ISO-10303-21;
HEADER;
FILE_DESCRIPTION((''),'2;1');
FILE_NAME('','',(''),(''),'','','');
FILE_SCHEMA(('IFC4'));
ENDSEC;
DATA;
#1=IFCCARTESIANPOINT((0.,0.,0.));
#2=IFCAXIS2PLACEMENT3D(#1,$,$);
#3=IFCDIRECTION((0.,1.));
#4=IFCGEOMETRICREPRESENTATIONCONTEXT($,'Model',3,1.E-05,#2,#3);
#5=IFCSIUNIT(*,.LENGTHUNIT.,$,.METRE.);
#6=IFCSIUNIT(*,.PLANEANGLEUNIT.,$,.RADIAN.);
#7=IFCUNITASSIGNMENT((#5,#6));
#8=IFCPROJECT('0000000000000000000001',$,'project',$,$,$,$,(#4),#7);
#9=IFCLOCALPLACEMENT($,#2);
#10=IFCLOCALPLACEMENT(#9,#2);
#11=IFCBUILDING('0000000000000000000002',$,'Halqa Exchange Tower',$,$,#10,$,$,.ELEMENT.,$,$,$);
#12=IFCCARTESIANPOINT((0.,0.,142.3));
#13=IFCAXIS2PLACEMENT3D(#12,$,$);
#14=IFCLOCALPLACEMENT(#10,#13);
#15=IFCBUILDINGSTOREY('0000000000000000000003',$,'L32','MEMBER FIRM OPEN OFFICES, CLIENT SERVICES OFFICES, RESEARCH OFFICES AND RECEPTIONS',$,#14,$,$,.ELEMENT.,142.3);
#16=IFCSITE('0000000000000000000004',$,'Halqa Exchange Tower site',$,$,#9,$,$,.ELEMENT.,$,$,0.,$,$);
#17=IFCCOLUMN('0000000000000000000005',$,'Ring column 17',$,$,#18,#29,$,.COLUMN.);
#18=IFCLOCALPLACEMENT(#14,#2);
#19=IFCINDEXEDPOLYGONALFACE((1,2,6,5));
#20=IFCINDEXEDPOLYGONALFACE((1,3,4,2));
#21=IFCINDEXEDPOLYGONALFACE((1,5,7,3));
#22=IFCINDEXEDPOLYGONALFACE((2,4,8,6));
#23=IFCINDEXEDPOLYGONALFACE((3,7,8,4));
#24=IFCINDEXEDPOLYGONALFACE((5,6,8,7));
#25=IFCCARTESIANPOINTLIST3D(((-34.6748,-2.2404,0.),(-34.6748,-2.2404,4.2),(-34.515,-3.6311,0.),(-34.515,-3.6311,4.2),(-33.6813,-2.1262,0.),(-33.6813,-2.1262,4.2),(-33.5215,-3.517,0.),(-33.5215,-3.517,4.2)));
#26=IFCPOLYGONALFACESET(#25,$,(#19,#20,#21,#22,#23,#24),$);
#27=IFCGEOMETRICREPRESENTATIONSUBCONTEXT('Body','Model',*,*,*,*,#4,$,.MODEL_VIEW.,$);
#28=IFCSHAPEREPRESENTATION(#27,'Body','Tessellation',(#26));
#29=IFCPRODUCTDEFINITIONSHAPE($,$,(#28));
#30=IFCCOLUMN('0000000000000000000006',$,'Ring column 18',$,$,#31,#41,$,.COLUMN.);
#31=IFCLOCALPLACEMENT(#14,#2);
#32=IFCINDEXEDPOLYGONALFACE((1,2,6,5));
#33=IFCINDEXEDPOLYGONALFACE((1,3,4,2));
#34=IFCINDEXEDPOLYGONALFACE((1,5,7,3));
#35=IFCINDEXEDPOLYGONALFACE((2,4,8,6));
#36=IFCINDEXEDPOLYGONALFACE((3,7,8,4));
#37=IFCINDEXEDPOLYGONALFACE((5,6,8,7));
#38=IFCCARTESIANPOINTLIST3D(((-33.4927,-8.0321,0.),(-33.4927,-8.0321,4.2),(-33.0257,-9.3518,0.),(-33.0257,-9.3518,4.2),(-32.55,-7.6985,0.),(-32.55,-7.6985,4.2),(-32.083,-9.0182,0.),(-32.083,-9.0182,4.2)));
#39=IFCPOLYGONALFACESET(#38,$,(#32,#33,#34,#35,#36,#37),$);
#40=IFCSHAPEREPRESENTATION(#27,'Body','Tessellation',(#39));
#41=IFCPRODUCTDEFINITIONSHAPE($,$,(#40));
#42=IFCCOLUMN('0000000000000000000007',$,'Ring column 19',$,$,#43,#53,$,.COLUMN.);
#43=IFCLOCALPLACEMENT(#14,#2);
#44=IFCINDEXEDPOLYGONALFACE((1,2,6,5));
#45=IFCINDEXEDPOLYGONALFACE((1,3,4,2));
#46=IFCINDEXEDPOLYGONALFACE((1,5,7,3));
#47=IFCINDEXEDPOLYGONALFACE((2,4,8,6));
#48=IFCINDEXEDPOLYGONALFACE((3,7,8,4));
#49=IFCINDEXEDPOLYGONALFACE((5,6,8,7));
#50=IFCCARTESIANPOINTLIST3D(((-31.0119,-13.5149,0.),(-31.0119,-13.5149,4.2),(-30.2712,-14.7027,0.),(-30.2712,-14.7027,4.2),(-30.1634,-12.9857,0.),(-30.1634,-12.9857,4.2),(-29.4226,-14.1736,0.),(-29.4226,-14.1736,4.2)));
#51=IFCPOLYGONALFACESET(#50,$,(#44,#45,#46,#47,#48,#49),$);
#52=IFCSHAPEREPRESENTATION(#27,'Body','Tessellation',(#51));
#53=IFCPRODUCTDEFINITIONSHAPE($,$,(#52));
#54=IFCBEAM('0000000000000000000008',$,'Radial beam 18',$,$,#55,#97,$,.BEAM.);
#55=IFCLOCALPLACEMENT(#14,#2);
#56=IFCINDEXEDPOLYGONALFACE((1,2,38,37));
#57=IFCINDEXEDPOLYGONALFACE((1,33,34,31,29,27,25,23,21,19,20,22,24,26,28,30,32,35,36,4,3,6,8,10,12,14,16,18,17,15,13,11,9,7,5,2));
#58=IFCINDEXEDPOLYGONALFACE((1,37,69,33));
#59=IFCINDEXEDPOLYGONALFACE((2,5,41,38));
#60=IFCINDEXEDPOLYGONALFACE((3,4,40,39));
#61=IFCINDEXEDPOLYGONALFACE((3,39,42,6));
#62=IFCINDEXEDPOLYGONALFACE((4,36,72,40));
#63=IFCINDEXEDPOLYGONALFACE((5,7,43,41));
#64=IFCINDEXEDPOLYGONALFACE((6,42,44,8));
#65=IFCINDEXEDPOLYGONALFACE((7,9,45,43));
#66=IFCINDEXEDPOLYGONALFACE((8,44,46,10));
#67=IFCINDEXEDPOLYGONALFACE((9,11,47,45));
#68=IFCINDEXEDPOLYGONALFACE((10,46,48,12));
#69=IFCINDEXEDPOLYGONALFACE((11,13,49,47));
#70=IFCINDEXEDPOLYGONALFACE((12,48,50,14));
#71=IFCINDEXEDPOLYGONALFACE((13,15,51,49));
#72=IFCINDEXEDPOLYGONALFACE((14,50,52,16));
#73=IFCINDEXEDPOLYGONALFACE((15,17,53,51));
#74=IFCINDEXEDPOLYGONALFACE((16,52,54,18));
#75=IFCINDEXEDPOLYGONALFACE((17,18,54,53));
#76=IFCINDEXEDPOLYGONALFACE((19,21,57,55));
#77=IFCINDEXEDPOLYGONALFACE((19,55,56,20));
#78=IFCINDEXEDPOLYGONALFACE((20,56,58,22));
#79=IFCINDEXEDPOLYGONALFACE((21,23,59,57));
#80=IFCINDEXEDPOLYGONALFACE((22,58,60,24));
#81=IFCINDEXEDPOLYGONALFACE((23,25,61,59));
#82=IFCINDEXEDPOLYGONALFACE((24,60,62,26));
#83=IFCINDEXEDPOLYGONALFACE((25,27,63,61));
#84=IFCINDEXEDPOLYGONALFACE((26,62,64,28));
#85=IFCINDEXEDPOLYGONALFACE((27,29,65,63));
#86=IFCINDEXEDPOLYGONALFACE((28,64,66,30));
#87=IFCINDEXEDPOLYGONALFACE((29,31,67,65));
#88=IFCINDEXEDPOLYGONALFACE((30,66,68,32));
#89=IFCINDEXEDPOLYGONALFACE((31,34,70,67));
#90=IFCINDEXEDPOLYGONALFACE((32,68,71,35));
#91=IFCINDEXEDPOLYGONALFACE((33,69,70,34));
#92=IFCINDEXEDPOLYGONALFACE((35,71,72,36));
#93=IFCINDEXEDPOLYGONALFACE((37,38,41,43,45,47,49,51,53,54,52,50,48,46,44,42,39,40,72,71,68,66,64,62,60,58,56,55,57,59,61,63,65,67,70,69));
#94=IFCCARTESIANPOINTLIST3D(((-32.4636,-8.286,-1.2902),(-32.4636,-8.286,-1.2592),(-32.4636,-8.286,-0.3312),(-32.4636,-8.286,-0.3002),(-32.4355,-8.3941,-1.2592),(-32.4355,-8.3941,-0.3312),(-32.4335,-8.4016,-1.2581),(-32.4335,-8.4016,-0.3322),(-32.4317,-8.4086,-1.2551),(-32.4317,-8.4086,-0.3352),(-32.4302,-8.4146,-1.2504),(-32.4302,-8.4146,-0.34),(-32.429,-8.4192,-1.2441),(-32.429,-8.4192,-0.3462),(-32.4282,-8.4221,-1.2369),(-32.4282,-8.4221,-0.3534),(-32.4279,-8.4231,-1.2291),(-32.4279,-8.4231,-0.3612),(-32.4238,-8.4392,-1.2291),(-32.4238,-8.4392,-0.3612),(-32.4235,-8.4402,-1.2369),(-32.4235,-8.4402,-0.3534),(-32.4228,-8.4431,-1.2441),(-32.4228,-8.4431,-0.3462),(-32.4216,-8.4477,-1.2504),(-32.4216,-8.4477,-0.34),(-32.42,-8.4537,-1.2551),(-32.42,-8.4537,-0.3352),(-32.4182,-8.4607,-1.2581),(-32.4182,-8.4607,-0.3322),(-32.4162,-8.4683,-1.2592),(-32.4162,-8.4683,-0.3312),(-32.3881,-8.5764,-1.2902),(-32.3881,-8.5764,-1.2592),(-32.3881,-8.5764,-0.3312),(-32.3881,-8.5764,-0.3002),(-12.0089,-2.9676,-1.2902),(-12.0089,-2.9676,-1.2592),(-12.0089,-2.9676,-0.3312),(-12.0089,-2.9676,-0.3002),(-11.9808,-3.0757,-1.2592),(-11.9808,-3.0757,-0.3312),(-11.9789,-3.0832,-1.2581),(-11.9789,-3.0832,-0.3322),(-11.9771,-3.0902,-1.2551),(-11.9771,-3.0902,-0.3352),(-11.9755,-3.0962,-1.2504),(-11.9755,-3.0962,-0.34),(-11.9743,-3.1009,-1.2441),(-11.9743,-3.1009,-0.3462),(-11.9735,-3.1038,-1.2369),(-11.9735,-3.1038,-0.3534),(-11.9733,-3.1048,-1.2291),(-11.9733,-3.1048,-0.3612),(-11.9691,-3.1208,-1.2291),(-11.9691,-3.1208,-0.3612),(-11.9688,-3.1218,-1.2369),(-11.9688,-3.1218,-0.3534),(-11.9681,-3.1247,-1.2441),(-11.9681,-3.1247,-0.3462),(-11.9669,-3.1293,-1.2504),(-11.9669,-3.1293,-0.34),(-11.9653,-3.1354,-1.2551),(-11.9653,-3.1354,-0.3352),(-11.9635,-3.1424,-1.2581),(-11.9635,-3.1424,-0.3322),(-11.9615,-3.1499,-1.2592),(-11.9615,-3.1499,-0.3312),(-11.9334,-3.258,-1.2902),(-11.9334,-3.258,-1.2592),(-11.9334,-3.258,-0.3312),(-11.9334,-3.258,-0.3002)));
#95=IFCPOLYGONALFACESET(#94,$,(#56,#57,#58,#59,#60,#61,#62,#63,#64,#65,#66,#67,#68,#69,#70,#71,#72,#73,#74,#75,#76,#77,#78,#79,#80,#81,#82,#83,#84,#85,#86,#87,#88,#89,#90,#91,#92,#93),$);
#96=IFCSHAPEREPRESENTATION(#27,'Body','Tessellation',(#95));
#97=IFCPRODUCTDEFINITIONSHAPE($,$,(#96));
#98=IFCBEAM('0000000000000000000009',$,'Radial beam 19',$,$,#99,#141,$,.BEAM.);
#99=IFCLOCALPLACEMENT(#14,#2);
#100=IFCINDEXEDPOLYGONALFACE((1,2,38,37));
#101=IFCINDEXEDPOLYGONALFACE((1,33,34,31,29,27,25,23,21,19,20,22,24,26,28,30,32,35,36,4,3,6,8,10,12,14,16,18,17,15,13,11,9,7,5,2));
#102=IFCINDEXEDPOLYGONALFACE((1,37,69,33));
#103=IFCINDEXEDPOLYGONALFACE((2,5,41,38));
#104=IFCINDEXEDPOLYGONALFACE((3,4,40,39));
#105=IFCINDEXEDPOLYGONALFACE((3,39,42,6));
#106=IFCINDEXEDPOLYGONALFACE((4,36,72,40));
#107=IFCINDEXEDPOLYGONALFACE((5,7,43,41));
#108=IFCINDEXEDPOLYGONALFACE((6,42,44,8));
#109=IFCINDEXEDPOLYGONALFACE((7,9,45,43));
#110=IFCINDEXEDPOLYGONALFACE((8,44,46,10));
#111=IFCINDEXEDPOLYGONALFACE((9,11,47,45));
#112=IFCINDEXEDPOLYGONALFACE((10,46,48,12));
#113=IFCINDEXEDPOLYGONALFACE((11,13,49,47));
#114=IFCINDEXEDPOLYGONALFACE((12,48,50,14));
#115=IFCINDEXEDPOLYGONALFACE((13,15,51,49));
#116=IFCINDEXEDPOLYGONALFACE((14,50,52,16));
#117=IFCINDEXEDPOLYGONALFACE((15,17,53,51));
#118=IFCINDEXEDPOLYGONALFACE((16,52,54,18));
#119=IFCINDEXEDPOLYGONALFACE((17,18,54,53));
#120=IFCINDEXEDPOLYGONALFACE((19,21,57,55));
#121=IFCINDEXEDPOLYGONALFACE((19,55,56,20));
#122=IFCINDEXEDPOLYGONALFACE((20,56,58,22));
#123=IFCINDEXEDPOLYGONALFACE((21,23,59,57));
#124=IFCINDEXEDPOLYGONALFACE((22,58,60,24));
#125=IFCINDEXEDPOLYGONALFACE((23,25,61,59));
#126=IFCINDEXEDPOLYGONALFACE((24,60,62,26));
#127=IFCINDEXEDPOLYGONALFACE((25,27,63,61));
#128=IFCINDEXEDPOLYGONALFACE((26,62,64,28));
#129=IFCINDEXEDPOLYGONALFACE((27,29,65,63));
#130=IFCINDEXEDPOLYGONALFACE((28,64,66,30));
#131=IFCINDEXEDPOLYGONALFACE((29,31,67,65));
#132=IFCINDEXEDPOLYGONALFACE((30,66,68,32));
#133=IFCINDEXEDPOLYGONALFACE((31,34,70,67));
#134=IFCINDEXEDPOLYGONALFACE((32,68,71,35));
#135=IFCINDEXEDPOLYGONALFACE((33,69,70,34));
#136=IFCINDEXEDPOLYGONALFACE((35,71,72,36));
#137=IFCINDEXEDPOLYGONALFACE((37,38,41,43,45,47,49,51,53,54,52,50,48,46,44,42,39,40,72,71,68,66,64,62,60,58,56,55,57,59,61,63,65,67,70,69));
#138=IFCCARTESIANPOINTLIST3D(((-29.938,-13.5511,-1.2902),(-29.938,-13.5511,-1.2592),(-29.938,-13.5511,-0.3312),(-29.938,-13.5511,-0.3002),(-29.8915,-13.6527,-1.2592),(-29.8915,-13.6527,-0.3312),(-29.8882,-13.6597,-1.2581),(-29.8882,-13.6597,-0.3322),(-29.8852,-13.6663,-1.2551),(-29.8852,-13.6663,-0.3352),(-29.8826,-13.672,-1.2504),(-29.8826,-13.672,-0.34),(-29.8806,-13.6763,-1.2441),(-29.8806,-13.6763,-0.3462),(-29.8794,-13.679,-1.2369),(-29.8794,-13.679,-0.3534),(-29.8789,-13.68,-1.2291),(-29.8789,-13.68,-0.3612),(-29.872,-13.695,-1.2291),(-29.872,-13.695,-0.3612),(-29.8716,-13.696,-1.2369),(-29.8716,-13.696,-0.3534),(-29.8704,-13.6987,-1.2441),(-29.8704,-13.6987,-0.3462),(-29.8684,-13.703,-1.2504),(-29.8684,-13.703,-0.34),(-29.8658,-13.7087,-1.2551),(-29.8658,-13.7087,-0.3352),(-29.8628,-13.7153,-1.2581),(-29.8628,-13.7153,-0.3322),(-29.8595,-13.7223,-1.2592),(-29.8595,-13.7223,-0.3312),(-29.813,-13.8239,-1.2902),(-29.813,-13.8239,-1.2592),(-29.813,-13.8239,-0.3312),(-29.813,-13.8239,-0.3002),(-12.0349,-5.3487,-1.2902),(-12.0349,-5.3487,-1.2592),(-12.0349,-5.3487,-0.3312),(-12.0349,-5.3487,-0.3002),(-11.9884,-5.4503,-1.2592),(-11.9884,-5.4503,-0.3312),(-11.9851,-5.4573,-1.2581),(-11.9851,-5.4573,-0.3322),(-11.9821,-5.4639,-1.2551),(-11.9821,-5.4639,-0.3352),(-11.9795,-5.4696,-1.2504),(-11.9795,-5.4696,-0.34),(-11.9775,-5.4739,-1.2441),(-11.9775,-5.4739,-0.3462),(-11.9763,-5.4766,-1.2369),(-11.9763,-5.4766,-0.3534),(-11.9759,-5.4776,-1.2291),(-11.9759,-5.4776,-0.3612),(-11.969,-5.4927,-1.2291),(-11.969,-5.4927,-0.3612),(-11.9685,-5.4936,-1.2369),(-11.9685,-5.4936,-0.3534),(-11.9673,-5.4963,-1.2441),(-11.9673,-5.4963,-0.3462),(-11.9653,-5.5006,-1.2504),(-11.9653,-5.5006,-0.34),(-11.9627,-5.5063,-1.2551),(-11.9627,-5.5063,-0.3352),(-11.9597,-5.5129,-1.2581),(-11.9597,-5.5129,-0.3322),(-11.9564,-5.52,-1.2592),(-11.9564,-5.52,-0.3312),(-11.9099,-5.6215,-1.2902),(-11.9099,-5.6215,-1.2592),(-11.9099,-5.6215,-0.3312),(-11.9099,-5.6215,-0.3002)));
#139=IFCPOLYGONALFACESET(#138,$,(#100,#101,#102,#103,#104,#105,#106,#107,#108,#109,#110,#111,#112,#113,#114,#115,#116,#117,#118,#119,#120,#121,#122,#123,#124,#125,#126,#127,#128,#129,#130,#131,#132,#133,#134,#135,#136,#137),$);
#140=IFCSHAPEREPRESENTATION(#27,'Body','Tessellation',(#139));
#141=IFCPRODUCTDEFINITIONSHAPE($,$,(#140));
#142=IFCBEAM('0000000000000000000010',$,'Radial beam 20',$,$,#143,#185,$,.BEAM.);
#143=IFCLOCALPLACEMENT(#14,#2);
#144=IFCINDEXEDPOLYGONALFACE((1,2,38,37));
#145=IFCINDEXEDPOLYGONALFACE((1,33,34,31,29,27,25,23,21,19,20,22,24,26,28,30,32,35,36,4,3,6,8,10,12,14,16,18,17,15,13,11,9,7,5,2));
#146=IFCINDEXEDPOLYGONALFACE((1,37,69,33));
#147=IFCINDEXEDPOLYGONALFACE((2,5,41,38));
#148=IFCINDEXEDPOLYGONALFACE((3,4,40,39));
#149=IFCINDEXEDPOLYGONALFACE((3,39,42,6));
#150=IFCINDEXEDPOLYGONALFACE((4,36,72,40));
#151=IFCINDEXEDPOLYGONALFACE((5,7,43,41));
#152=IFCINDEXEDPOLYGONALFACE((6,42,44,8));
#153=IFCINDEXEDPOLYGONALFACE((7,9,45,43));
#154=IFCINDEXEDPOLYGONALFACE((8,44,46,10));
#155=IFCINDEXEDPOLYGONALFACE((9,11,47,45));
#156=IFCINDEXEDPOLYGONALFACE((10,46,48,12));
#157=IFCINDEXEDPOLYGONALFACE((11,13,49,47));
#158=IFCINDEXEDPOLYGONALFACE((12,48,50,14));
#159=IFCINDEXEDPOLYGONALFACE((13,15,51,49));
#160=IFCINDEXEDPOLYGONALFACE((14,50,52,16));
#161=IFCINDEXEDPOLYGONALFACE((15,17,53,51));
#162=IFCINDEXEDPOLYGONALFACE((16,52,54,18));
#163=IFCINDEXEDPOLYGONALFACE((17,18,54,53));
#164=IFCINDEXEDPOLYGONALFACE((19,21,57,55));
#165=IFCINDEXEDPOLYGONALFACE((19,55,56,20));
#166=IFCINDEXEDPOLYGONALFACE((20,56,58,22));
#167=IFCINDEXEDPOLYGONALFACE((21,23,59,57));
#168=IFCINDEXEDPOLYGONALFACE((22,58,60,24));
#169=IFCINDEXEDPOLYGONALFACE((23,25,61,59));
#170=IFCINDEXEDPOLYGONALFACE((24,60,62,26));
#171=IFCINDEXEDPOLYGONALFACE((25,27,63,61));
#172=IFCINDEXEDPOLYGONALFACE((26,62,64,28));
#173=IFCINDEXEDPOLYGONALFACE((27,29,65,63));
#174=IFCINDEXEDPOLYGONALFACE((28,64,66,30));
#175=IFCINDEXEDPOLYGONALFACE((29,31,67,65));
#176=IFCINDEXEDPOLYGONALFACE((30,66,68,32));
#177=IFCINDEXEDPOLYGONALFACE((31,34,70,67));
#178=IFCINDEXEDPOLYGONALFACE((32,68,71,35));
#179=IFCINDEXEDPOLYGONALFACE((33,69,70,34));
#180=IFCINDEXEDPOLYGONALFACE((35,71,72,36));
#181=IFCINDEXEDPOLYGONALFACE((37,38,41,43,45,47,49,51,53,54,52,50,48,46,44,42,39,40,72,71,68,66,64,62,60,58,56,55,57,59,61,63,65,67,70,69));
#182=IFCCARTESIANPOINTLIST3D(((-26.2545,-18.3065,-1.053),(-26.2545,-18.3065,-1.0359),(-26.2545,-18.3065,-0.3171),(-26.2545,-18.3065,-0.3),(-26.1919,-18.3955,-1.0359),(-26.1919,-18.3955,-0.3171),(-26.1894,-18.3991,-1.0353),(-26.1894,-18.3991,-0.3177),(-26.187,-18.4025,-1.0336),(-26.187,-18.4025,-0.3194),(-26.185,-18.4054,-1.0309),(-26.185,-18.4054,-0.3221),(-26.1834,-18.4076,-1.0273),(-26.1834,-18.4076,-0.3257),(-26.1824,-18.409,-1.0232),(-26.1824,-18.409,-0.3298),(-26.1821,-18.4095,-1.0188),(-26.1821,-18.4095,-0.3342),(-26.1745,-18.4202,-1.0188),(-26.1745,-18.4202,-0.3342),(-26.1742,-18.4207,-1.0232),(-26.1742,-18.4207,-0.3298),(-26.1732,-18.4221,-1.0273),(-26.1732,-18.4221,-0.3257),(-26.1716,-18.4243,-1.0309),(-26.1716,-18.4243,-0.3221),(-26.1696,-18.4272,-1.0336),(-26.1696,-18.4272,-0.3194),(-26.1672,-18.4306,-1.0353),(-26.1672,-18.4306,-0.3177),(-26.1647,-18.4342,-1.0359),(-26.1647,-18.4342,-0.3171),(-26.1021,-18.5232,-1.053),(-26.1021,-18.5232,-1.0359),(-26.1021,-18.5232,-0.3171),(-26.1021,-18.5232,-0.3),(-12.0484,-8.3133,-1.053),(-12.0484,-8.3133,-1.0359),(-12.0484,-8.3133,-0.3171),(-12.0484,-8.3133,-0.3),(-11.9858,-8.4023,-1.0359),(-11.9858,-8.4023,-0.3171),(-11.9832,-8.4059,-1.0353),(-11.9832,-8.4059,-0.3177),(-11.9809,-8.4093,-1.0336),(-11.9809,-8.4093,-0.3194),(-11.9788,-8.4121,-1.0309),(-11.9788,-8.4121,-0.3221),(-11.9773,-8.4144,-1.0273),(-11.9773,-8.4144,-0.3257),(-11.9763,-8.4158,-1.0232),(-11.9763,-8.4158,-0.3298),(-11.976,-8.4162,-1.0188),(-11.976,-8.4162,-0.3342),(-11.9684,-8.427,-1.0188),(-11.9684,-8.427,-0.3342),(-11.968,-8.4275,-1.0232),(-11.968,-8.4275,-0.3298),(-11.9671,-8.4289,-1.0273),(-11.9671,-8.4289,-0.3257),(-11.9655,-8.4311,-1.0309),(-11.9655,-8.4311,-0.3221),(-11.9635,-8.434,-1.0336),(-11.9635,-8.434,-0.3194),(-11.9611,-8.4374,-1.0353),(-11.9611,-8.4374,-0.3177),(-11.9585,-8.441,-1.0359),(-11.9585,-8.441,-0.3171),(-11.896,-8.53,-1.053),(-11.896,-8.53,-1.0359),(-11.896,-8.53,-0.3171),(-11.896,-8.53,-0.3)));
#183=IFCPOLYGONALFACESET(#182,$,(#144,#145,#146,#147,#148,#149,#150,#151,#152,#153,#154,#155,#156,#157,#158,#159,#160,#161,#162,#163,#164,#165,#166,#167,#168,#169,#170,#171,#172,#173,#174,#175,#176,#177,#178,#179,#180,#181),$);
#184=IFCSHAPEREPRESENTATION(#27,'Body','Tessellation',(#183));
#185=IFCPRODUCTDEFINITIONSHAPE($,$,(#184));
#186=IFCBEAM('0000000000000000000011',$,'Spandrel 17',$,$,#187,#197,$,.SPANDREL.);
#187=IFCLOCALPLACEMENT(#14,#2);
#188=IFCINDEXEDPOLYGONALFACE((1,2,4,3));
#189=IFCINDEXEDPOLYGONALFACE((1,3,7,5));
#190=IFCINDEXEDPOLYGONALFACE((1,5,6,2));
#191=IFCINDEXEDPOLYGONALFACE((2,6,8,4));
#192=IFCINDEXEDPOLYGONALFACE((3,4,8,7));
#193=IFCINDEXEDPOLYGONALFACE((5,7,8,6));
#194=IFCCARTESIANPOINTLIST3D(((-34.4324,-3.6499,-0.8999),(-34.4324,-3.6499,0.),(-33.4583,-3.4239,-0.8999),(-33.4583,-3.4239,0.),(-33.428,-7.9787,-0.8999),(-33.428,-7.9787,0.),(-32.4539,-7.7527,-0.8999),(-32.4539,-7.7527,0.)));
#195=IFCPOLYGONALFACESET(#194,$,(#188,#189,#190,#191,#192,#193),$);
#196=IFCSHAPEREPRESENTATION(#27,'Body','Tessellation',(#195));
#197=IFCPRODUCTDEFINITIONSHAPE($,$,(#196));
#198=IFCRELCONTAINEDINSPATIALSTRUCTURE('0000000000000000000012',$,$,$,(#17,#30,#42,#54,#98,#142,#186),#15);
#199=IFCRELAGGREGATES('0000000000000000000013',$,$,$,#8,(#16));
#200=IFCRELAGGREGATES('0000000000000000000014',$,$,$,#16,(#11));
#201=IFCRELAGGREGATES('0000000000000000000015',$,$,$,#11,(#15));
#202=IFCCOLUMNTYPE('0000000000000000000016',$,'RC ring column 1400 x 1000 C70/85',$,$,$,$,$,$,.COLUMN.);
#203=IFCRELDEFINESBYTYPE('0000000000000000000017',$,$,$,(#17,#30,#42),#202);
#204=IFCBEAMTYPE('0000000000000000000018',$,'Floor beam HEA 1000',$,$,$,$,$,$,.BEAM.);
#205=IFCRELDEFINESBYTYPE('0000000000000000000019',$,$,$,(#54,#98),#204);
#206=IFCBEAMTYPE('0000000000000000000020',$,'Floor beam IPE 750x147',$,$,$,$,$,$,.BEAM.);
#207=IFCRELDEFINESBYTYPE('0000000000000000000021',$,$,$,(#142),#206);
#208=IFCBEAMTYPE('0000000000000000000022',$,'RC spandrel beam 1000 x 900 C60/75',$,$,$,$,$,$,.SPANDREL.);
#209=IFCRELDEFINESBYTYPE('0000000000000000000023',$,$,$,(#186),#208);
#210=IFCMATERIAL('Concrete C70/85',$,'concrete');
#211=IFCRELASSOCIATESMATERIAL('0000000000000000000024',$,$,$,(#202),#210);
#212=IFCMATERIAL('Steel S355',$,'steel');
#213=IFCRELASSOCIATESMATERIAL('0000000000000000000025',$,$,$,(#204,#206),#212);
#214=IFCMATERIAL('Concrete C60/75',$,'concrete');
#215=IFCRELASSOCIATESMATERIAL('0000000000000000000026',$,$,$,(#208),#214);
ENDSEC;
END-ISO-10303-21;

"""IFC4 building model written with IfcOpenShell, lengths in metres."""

from ifc_helpers import new_model, si_unit, direction, frame, origin, origin_2d, place, context, subcontext, project, spatial, rectangle, i_section, extrude, material, material_profile, profile_set, type_object, element, save


model = new_model("IFC4")

# Units and contexts
model_context = context("Model", 3, precision=1e-05, world=origin(), true_north=direction((0.0, 1.0)))
body_context = subcontext(model_context, "Body", "Model", "MODEL_VIEW")
ifc_project = project(units=[si_unit("LENGTHUNIT", "METRE"), si_unit("PLANEANGLEUNIT", "RADIAN")], contexts=[model_context])

# Site, building, storey
site_placement = place(None, origin())
site = spatial("IfcSite", under=ifc_project, at=site_placement, Name="Halqa Exchange Tower site", CompositionType="ELEMENT", RefElevation=0.0)
building_placement = place(site_placement, origin())
building = spatial("IfcBuilding", under=site, at=building_placement, Name="Halqa Exchange Tower", CompositionType="ELEMENT")
storey_placement = place(building_placement, frame((0.0, 0.0, 142.3)))
storey = spatial("IfcBuildingStorey", under=building, at=storey_placement, Name="L32", Description="MEMBER FIRM OPEN OFFICES, CLIENT SERVICES OFFICES, RESEARCH OFFICES AND RECEPTIONS", CompositionType="ELEMENT", Elevation=142.3)

# Columns
ifc_material_1 = material(Name="Concrete C70/85", Category="concrete")
ifc_material_profile_1 = material_profile(ifc_material_1, rectangle(XDim=1.3999, YDim=1.0, at=origin_2d()), Name="1400 x 1000")
ifc_profile_set_1 = profile_set([ifc_material_profile_1], Name="Concrete C70/85")
column_type = type_object("IfcColumnType", Name="RC ring column 1400 x 1000 C70/85", PredefinedType="COLUMN", material=ifc_profile_set_1)
for number, where, z_axis, x_axis, name in (
    (1, (-34.0981, -2.8787, 0.0), (0.0, 0.0, 1.0), (0.114159, -0.993463, 0.0), "Ring column 17"),
    (2, (-32.7878, -8.5251, 0.0), (0.0, 0.0, 1.0), (0.333629, -0.942704, 0.0), "Ring column 18"),
    (3, (-30.2173, -13.8442, 0.0), (0.0, 0.0, 1.0), (0.529138, -0.848536, 0.0), "Ring column 19"),
):
    element("IfcColumn", number, at=place(storey_placement, frame(where, z_axis=z_axis, x_axis=x_axis)), inside=storey, type_object=column_type, Name=name, PredefinedType="COLUMN", context=body_context, shape_type="SweptSolid", body=[
        extrude(rectangle(XDim=1.3999, YDim=1.0, at=origin_2d()), origin(), (0.0, 0.0, 1.0), 4.2),
    ])

# Beams
ifc_material_2 = material(Name="Steel S355", Category="steel")
ifc_material_profile_2 = material_profile(ifc_material_2, i_section(OverallWidth=0.3, OverallDepth=0.99, WebThickness=0.0166, FlangeThickness=0.031, FilletRadius=0.03, at=origin_2d()), Name="HEA 1000")
ifc_profile_set_2 = profile_set([ifc_material_profile_2], Name="Steel S355")
beam_type_1 = type_object("IfcBeamType", Name="Floor beam HEA 1000", PredefinedType="BEAM", material=ifc_profile_set_2)
beam_1_placement = place(storey_placement, frame((-11.9712, -3.1128, -0.7952), z_axis=(-0.967821, -0.251641, 0.0), x_axis=(0.251641, -0.967821, 0.0)))
element("IfcBeam", 4, at=beam_1_placement, inside=storey, type_object=beam_type_1, Name="Radial beam 18", PredefinedType="BEAM", context=body_context, shape_type="SweptSolid", body=[
    extrude(i_section(OverallWidth=0.3, OverallDepth=0.99, WebThickness=0.0166, FlangeThickness=0.031, FilletRadius=0.03, at=origin_2d()), origin(), (0.0, 0.0, 1.0), 21.1348),
])
beam_2_placement = place(storey_placement, frame((-11.9724, -5.4851, -0.7952), z_axis=(-0.909126, -0.416521, 0.0), x_axis=(0.416521, -0.909126, 0.0)))
element("IfcBeam", 5, at=beam_2_placement, inside=storey, type_object=beam_type_1, Name="Radial beam 19", PredefinedType="BEAM", context=body_context, shape_type="SweptSolid", body=[
    extrude(i_section(OverallWidth=0.3, OverallDepth=0.99, WebThickness=0.0166, FlangeThickness=0.031, FilletRadius=0.03, at=origin_2d()), origin(), (0.0, 0.0, 1.0), 19.6926),
])
ifc_material_profile_3 = material_profile(ifc_material_2, i_section(OverallWidth=0.2649, OverallDepth=0.7529, WebThickness=0.0132, FlangeThickness=0.0171, FilletRadius=0.0171, at=origin_2d()), Name="IPE 750x147")
ifc_profile_set_3 = profile_set([ifc_material_profile_3], Name="Steel S355")
beam_type_2 = type_object("IfcBeamType", Name="Floor beam IPE 750x147", PredefinedType="BEAM", material=ifc_profile_set_3)
beam_3_placement = place(storey_placement, frame((-11.9722, -8.4216, -0.6765), z_axis=(-0.817906, -0.575351, 0.0), x_axis=(0.575351, -0.817906, 0.0)))
element("IfcBeam", 6, at=beam_3_placement, inside=storey, type_object=beam_type_2, Name="Radial beam 20", PredefinedType="BEAM", context=body_context, shape_type="SweptSolid", body=[
    extrude(i_section(OverallWidth=0.2649, OverallDepth=0.7529, WebThickness=0.0132, FlangeThickness=0.0171, FilletRadius=0.0171, at=origin_2d()), origin(), (0.0, 0.0, 1.0), 17.3689),
])
ifc_material_3 = material(Name="Concrete C60/75", Category="concrete")
ifc_material_profile_4 = material_profile(ifc_material_3, rectangle(XDim=1.0, YDim=0.8999, at=origin_2d()), Name="1000 x 900")
ifc_profile_set_4 = profile_set([ifc_material_profile_4], Name="Concrete C60/75")
beam_type_3 = type_object("IfcBeamType", Name="RC spandrel beam 1000 x 900 C60/75", PredefinedType="SPANDREL", material=ifc_profile_set_4)
beam_4_placement = place(storey_placement, frame((-33.9453, -3.5369, -0.45), z_axis=(0.226019, -0.974123, 0.0), x_axis=(0.974123, 0.226019, 0.0)))
element("IfcBeam", 7, at=beam_4_placement, inside=storey, type_object=beam_type_3, Name="Spandrel 17", PredefinedType="SPANDREL", context=body_context, shape_type="SweptSolid", body=[
    extrude(rectangle(XDim=1.0, YDim=0.8999, at=origin_2d()), origin(), (0.0, 0.0, 1.0), 4.4438),
])

save(model, "model.ifc")
